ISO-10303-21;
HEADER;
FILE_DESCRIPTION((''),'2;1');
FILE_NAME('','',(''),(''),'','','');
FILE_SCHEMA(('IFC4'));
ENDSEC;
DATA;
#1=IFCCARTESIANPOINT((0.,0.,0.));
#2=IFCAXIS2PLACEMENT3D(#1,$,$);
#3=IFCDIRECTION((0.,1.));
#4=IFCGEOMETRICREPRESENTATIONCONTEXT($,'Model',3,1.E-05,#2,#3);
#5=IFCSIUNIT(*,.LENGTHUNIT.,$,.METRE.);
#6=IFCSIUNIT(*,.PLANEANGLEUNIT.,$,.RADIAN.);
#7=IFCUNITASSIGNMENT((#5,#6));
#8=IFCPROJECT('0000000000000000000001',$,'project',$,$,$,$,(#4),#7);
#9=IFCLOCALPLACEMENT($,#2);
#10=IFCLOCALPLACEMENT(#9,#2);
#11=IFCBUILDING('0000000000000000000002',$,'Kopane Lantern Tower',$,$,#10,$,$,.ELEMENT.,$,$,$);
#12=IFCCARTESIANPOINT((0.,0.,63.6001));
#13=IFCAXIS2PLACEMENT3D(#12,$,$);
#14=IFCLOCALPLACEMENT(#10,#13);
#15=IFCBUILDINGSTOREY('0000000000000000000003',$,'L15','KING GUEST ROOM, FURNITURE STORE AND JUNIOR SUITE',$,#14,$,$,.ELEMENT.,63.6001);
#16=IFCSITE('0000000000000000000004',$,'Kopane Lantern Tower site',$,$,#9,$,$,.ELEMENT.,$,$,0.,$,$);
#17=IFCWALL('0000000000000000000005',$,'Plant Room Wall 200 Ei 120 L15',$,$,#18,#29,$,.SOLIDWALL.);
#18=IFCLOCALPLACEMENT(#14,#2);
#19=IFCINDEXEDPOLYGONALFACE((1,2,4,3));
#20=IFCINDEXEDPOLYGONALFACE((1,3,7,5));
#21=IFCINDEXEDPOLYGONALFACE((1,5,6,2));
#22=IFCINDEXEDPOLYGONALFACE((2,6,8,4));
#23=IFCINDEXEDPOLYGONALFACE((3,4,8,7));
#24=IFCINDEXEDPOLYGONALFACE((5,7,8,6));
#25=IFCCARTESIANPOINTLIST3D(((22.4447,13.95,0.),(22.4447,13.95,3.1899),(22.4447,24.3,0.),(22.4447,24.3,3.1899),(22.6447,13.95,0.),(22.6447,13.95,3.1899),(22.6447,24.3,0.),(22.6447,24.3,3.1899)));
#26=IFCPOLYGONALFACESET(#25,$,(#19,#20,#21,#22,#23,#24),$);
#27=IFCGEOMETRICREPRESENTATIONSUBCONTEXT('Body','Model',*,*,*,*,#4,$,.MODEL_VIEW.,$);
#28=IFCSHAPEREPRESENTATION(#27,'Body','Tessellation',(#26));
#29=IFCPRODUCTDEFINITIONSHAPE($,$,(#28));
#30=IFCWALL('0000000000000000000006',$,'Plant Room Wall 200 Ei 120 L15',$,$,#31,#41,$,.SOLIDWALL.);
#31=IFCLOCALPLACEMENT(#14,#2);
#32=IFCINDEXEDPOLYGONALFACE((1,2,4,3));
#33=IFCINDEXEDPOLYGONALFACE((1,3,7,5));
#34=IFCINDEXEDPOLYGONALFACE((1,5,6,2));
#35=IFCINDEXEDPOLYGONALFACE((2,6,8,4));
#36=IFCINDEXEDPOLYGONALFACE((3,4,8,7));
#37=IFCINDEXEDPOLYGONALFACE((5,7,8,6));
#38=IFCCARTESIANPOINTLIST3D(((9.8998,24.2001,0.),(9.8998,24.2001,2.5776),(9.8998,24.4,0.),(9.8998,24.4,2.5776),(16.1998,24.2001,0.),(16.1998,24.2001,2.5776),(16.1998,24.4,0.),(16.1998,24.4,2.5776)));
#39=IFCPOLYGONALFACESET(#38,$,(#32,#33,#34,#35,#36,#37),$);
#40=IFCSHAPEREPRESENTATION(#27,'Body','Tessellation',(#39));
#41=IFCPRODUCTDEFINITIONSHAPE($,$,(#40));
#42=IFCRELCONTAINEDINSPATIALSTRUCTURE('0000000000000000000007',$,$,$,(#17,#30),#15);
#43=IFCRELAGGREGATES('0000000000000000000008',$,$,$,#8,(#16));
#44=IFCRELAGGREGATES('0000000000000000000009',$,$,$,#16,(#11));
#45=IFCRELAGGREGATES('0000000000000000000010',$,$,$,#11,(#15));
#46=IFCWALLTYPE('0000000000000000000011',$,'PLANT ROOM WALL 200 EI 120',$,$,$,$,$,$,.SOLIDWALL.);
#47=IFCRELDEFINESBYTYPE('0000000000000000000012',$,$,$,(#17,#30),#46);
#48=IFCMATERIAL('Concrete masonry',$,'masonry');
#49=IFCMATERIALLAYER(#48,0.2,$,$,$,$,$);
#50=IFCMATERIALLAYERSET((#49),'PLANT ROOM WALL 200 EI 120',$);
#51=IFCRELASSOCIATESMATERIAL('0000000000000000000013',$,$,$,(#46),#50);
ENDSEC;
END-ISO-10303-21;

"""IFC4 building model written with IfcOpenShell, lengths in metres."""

from ifc_helpers import new_model, si_unit, direction, frame, frame_2d, origin, place, context, subcontext, project, spatial, rectangle, extrude, material, layer, layer_set, type_object, element, save


model = new_model("IFC4")

# Units and contexts
model_context = context("Model", 3, precision=1e-05, world=origin(), true_north=direction((0.0, 1.0)))
body_context = subcontext(model_context, "Body", "Model", "MODEL_VIEW")
ifc_project = project(units=[si_unit("LENGTHUNIT", "METRE"), si_unit("PLANEANGLEUNIT", "RADIAN")], contexts=[model_context])

# Site, building, storey
site_placement = place(None, origin())
site = spatial("IfcSite", under=ifc_project, at=site_placement, Name="Kopane Lantern Tower site", CompositionType="ELEMENT", RefElevation=0.0)
building_placement = place(site_placement, origin())
building = spatial("IfcBuilding", under=site, at=building_placement, Name="Kopane Lantern Tower", CompositionType="ELEMENT")
storey_placement = place(building_placement, frame((0.0, 0.0, 63.6001)))
storey = spatial("IfcBuildingStorey", under=building, at=storey_placement, Name="L15", Description="KING GUEST ROOM, FURNITURE STORE AND JUNIOR SUITE", CompositionType="ELEMENT", Elevation=63.6001)

# Walls
ifc_material_1 = material(Name="Concrete masonry", Category="masonry")
ifc_layer_1 = layer(ifc_material_1, 0.2)
ifc_layer_set_1 = layer_set([ifc_layer_1], Name="PLANT ROOM WALL 200 EI 120")
wall_type_1 = type_object("IfcWallType", Name="PLANT ROOM WALL 200 EI 120", PredefinedType="SOLIDWALL", material=ifc_layer_set_1)
for number, where, z_axis, x_axis, name in (
    (1, (22.5447, 13.95, 0.0), (0.0, 0.0, 1.0), (0.0, 1.0, 0.0), "Plant Room Wall 200 Ei 120 L15"),
):
    element("IfcWall", number, at=place(storey_placement, frame(where, z_axis=z_axis, x_axis=x_axis)), inside=storey, type_object=wall_type_1, Name=name, PredefinedType="SOLIDWALL", context=body_context, shape_type="SweptSolid", body=[
        extrude(rectangle(XDim=10.3501, YDim=0.2, at=frame_2d((5.175, 0.0))), origin(), (0.0, 0.0, 1.0), 3.1899),
    ])
wall_1_placement = place(storey_placement, frame((9.8999, 24.3, 0.0), z_axis=(0.0, 0.0, 1.0), x_axis=(1.0, 0.0, 0.0)))
element("IfcWall", 2, at=wall_1_placement, inside=storey, type_object=wall_type_1, Name="Plant Room Wall 200 Ei 120 L15", PredefinedType="SOLIDWALL", context=body_context, shape_type="SweptSolid", body=[
    extrude(rectangle(XDim=6.3, YDim=0.2, at=frame_2d((3.1499, 0.0))), origin(), (0.0, 0.0, 1.0), 2.5776),
])

save(model, "model.ifc")
